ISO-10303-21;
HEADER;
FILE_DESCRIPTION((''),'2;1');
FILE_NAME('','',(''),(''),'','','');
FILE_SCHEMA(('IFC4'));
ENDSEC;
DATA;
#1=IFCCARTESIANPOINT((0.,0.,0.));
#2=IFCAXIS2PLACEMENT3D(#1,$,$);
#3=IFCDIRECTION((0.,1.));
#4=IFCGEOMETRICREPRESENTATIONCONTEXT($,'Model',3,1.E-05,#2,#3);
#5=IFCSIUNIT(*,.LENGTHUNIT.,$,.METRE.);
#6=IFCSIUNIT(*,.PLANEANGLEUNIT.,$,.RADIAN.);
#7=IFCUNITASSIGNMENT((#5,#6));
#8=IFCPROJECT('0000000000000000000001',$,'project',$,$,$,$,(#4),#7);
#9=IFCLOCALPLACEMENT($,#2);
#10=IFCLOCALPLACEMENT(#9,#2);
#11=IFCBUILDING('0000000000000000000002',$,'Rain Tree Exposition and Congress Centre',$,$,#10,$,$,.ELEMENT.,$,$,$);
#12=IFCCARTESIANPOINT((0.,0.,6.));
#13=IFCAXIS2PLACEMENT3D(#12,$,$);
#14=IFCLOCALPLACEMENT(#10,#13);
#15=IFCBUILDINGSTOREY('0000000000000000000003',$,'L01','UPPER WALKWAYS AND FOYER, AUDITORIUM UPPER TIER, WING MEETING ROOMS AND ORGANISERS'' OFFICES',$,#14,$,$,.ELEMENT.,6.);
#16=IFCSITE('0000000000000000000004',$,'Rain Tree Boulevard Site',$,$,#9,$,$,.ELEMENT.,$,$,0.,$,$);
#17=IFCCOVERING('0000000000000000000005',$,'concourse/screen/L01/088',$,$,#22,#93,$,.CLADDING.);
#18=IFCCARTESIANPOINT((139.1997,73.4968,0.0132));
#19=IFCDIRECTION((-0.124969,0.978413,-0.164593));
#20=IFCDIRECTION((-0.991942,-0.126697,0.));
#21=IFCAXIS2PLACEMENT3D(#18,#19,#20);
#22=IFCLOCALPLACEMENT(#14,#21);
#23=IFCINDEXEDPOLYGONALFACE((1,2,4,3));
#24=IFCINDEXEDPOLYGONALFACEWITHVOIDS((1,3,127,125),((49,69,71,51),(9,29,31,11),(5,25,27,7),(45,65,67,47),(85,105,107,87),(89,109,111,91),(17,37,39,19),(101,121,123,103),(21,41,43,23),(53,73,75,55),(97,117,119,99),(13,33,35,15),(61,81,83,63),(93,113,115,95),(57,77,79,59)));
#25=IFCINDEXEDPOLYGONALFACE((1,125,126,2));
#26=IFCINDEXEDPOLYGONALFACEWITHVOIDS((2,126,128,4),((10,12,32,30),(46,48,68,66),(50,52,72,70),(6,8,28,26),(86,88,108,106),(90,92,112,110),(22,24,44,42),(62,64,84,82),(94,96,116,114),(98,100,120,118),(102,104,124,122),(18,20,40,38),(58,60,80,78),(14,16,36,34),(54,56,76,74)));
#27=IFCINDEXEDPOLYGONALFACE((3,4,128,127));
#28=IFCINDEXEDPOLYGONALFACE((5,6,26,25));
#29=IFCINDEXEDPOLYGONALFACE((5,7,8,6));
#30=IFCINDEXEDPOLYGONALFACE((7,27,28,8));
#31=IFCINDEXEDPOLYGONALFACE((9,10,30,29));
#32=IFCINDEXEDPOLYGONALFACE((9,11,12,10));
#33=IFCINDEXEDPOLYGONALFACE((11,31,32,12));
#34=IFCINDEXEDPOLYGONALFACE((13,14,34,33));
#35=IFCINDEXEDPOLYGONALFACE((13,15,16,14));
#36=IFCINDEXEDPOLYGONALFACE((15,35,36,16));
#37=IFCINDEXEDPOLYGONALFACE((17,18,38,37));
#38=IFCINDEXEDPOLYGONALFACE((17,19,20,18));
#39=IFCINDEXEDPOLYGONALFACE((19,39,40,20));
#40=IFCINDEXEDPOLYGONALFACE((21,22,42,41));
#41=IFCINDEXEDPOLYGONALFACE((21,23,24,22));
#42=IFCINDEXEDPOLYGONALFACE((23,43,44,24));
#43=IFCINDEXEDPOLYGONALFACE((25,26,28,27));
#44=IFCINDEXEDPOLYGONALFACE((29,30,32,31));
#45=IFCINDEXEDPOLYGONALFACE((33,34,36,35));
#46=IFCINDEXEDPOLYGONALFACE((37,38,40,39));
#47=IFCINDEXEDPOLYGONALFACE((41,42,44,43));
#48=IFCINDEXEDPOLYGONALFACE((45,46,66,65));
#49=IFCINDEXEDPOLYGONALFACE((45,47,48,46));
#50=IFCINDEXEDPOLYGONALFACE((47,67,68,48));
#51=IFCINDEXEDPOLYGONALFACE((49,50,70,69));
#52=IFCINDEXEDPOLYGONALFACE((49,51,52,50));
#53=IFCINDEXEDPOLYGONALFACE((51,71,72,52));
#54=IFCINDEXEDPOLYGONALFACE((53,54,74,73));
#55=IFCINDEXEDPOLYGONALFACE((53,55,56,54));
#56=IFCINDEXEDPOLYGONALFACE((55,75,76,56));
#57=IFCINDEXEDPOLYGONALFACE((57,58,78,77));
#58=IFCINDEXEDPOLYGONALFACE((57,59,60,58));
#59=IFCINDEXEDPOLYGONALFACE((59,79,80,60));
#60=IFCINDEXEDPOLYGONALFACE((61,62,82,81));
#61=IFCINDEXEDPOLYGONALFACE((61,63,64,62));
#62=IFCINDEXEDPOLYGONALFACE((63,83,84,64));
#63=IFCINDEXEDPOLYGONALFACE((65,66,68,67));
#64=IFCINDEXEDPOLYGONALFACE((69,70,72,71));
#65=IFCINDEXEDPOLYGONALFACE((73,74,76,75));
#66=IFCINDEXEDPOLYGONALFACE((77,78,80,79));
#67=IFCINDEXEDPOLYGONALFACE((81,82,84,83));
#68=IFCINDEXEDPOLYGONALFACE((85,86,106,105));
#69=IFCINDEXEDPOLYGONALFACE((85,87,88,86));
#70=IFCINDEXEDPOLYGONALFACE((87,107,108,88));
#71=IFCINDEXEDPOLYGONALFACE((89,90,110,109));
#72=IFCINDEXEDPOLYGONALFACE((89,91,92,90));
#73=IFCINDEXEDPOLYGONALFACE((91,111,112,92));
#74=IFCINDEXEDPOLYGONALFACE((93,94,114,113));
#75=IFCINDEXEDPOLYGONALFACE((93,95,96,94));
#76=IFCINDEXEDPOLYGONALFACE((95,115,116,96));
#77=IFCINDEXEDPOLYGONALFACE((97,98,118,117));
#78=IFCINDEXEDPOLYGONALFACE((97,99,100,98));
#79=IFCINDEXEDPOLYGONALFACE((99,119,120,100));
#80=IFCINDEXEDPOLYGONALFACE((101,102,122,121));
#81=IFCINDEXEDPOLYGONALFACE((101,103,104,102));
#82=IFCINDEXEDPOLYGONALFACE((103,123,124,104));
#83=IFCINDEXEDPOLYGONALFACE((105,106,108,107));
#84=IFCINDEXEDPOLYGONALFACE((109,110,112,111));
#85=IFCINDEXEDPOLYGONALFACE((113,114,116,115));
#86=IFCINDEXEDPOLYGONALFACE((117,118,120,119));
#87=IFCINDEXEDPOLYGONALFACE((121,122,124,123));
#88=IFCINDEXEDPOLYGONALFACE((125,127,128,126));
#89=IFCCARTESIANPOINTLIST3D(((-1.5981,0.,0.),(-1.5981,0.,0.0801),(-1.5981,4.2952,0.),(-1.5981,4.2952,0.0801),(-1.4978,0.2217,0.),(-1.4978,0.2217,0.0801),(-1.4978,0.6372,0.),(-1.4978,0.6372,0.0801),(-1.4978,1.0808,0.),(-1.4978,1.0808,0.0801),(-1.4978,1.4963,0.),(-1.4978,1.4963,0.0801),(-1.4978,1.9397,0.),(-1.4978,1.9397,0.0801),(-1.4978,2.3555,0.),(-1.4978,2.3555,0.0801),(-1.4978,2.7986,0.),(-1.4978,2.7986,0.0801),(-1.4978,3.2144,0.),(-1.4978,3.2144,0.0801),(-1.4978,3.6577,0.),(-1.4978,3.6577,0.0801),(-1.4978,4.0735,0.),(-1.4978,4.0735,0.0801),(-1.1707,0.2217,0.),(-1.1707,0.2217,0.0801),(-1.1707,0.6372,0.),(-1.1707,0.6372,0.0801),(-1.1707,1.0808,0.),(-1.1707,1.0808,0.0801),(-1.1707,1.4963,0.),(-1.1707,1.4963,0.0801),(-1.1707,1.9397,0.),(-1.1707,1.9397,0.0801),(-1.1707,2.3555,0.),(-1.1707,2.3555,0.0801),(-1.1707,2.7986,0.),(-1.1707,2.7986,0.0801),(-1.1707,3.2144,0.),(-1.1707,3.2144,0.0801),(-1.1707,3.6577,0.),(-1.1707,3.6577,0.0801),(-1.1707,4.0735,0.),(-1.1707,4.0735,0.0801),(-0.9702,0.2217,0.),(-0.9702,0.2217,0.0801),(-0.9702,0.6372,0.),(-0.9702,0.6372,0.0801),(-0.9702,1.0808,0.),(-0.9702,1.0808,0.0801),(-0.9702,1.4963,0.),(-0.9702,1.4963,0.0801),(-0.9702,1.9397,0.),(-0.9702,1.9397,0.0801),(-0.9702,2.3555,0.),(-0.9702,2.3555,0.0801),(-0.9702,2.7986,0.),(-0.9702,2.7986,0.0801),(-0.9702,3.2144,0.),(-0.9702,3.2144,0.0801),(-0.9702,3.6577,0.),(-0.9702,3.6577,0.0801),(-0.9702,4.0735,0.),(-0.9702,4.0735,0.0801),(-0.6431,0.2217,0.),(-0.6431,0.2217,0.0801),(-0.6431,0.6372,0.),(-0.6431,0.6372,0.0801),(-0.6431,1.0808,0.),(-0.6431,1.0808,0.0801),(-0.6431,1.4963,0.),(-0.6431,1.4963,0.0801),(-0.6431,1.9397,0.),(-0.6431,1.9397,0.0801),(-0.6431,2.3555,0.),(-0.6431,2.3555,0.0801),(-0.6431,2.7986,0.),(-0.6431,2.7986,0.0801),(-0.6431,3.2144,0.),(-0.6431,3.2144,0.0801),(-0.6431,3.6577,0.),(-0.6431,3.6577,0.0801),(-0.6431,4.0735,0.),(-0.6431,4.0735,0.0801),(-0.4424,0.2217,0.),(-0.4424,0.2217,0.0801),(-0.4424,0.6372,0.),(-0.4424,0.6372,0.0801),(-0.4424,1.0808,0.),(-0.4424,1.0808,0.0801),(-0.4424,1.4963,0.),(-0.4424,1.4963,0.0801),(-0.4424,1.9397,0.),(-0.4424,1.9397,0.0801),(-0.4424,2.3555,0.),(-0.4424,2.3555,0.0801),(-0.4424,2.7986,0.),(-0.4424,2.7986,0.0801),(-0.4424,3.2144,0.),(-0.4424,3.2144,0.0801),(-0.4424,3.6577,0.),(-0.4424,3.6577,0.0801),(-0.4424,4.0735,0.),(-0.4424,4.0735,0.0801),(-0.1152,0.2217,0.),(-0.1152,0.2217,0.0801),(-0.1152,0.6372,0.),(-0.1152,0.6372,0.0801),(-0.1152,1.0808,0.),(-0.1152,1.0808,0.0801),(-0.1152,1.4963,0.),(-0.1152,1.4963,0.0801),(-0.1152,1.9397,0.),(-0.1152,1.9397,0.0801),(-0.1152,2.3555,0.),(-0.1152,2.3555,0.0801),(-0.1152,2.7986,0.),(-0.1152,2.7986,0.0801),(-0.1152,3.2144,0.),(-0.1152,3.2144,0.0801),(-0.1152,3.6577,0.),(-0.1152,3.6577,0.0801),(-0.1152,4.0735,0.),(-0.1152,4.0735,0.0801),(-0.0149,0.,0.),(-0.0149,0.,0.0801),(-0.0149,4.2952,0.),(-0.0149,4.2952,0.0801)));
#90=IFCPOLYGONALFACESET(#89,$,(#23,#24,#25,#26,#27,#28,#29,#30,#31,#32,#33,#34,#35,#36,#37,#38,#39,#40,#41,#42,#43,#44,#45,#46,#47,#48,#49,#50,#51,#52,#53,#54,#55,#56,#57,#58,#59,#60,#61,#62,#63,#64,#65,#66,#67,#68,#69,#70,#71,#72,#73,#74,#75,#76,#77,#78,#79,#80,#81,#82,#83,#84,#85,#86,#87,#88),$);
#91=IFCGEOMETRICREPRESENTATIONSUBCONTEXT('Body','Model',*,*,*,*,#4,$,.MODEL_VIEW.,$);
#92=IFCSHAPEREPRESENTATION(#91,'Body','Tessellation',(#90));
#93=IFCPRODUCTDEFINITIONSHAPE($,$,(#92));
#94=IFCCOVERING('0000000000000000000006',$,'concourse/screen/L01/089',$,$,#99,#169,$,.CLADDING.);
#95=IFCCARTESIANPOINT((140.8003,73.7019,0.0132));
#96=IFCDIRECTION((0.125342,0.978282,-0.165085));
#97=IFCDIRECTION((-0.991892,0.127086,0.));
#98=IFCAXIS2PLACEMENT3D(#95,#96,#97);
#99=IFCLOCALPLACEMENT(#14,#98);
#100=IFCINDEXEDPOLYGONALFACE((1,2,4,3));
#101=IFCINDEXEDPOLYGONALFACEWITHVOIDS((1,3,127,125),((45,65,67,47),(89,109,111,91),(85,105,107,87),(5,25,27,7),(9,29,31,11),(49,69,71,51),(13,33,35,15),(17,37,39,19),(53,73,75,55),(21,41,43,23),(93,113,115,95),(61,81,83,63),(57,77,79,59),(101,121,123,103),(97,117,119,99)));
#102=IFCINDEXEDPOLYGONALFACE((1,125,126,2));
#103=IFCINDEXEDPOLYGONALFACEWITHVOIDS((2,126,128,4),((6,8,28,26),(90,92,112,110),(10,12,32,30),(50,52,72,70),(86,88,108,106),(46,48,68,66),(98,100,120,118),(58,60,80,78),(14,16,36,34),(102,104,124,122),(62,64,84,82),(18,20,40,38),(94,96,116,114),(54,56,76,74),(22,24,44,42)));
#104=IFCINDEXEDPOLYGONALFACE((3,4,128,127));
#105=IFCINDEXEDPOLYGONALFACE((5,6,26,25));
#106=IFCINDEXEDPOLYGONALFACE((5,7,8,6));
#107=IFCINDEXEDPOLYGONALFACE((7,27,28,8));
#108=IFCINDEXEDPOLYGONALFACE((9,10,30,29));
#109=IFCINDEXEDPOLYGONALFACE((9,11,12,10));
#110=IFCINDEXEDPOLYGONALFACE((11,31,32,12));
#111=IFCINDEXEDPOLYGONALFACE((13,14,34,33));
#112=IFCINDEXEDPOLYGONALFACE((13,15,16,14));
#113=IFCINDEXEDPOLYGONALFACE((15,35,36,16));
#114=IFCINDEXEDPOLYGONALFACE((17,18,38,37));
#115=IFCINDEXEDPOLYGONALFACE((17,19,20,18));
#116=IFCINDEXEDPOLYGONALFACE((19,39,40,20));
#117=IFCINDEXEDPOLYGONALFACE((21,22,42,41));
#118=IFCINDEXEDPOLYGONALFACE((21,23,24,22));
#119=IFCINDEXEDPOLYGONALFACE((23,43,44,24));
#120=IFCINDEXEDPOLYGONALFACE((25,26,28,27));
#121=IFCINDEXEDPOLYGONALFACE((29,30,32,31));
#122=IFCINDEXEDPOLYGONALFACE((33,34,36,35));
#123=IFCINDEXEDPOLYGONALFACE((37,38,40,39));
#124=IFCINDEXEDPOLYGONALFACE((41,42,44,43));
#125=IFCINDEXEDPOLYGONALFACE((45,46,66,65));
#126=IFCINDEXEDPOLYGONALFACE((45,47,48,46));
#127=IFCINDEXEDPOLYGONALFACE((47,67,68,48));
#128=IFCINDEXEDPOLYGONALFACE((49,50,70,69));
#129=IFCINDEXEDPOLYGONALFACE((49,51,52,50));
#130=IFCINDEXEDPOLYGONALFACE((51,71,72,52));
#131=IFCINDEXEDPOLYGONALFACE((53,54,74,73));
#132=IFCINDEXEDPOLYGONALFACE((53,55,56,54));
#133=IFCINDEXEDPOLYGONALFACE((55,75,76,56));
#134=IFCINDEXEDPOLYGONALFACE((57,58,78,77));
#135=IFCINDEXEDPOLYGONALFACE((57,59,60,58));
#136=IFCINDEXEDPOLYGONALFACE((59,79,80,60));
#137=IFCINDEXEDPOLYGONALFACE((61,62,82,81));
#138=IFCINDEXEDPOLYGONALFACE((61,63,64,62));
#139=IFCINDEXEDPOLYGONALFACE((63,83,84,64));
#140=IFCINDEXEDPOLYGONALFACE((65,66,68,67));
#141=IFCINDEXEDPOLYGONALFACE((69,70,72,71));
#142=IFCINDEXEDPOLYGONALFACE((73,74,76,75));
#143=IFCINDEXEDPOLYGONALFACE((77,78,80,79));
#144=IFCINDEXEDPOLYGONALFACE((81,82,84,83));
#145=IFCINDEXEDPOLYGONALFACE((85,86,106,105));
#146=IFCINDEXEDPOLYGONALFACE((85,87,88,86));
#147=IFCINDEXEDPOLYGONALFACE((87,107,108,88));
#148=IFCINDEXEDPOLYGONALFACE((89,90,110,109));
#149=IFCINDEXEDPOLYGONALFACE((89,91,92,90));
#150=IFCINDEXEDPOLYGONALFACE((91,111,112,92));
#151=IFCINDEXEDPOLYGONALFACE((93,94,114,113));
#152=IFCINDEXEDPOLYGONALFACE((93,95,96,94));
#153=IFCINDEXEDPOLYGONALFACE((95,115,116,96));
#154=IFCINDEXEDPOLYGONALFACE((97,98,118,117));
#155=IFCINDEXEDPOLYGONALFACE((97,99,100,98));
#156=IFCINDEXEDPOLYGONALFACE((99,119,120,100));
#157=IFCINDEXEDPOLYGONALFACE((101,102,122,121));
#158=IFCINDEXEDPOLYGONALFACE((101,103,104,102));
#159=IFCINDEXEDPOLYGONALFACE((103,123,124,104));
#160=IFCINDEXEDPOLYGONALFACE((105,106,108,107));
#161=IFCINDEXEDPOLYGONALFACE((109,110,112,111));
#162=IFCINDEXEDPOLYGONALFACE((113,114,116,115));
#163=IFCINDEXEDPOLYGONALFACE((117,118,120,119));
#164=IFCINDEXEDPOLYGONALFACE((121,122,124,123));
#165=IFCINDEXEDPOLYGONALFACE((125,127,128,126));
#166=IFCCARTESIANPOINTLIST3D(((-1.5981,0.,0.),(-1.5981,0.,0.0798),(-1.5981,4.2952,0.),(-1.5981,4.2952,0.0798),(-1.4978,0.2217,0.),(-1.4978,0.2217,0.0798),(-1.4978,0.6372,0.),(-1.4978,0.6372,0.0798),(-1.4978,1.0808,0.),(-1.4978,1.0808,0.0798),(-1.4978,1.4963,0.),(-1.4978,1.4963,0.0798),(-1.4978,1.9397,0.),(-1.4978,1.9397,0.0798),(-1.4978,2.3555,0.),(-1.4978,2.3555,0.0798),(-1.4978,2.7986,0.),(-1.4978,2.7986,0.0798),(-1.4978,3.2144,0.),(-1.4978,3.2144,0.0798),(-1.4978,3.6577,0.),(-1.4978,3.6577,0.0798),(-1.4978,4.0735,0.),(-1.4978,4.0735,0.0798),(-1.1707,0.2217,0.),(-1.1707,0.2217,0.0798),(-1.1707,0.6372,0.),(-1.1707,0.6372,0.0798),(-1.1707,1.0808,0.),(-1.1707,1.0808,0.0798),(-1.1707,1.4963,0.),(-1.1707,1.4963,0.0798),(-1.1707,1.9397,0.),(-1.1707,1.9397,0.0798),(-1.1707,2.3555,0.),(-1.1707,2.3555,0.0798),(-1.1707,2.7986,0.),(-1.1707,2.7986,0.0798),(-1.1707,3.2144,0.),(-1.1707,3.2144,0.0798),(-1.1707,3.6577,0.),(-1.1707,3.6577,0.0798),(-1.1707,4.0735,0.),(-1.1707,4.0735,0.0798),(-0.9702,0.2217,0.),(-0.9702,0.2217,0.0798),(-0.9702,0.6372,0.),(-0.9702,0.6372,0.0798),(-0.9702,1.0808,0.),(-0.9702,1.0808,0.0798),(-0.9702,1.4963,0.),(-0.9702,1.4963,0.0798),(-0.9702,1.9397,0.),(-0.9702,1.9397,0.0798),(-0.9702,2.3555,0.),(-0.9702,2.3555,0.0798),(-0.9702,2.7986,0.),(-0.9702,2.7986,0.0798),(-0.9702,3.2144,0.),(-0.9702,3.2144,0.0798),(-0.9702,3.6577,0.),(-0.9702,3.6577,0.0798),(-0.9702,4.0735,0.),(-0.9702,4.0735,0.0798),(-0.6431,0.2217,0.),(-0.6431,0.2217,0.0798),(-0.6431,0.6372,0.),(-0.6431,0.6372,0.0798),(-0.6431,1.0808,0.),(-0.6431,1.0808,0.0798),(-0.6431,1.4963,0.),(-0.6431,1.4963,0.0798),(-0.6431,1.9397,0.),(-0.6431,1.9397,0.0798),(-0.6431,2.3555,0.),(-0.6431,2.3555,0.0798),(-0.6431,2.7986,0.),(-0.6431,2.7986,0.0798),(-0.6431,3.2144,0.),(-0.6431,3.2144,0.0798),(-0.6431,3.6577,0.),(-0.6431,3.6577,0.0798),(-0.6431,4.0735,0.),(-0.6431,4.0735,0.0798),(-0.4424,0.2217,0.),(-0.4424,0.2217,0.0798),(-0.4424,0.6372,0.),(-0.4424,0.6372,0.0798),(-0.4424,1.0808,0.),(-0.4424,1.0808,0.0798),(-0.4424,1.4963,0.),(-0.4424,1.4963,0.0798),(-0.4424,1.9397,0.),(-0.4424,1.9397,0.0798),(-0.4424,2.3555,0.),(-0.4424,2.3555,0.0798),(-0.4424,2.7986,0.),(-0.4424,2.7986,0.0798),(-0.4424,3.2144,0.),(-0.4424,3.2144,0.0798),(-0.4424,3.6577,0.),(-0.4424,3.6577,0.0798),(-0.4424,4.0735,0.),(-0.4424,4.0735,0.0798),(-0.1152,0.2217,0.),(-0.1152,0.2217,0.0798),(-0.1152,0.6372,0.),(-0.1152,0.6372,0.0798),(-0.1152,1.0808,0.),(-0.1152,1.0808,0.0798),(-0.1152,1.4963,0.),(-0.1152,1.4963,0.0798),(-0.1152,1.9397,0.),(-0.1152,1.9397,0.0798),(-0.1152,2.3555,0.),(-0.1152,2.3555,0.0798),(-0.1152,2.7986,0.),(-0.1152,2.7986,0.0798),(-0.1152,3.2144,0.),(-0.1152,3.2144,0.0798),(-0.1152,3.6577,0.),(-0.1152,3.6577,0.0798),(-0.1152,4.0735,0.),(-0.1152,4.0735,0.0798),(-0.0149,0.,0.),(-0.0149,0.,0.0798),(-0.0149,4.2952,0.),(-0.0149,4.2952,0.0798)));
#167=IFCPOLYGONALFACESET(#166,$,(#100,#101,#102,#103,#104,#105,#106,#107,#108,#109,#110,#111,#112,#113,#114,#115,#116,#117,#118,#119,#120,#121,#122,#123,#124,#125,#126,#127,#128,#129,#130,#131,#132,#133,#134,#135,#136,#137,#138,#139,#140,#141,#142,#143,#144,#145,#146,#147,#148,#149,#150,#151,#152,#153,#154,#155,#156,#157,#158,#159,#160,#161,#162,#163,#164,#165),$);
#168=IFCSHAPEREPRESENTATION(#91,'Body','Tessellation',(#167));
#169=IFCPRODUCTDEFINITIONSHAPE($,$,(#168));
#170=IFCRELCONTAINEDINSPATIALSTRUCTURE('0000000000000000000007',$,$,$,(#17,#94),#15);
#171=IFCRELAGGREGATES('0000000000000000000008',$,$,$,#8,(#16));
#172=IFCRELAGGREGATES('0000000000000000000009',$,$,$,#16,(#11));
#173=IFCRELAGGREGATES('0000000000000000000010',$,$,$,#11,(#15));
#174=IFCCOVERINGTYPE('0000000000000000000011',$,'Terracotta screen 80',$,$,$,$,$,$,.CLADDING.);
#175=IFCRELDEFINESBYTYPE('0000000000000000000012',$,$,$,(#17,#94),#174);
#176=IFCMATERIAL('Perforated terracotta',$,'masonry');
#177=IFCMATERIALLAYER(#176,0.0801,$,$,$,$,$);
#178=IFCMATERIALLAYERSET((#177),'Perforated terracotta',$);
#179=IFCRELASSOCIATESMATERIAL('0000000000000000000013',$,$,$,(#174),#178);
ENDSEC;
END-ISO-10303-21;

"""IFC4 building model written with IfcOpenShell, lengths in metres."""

from ifc_helpers import new_model, si_unit, direction, frame, origin, place, context, subcontext, project, spatial, polyline, outline, extrude, material, layer, layer_set, type_object, element, save


model = new_model("IFC4")

# Units and contexts
model_context = context("Model", 3, precision=1e-05, world=origin(), true_north=direction((0.0, 1.0)))
body_context = subcontext(model_context, "Body", "Model", "MODEL_VIEW")
ifc_project = project(units=[si_unit("LENGTHUNIT", "METRE"), si_unit("PLANEANGLEUNIT", "RADIAN")], contexts=[model_context])

# Site, building, storey
site_placement = place(None, origin())
site = spatial("IfcSite", under=ifc_project, at=site_placement, Name="Rain Tree Boulevard Site", CompositionType="ELEMENT", RefElevation=0.0)
building_placement = place(site_placement, origin())
building = spatial("IfcBuilding", under=site, at=building_placement, Name="Rain Tree Exposition and Congress Centre", CompositionType="ELEMENT")
storey_placement = place(building_placement, frame((0.0, 0.0, 6.0)))
storey = spatial("IfcBuildingStorey", under=building, at=storey_placement, Name="L01", Description="UPPER WALKWAYS AND FOYER, AUDITORIUM UPPER TIER, WING MEETING ROOMS AND ORGANISERS' OFFICES", CompositionType="ELEMENT", Elevation=6.0)

# Coverings
ifc_material_1 = material(Name="Perforated terracotta", Category="masonry")
ifc_layer_1 = layer(ifc_material_1, 0.0801)
ifc_layer_set_1 = layer_set([ifc_layer_1], Name="Perforated terracotta")
covering_type = type_object("IfcCoveringType", Name="Terracotta screen 80", PredefinedType="CLADDING", material=ifc_layer_set_1)
covering_1_placement = place(storey_placement, frame((139.1997, 73.4968, 0.0132), z_axis=(-0.124969, 0.978413, -0.164593), x_axis=(-0.991942, -0.126697, 0.0)))
element("IfcCovering", 1, at=covering_1_placement, inside=storey, type_object=covering_type, Name="concourse/screen/L01/088", PredefinedType="CLADDING", context=body_context, shape_type="SweptSolid", body=[
    extrude(outline(polyline([(-1.5981, 0.0), (-1.5981, 4.2952), (-0.0149, 4.2952), (-0.0149, 0.0), (-1.5981, 0.0)]), holes=[polyline([(-0.1152, 0.2217), (-0.1152, 0.6372), (-0.4424, 0.6372), (-0.4424, 0.2217), (-0.1152, 0.2217)]), polyline([(-0.1152, 1.0808), (-0.1152, 1.4963), (-0.4424, 1.4963), (-0.4424, 1.0808), (-0.1152, 1.0808)]), polyline([(-0.1152, 1.9397), (-0.1152, 2.3555), (-0.4424, 2.3555), (-0.4424, 1.9397), (-0.1152, 1.9397)]), polyline([(-0.1152, 2.7986), (-0.1152, 3.2144), (-0.4424, 3.2144), (-0.4424, 2.7986), (-0.1152, 2.7986)]), polyline([(-0.1152, 3.6577), (-0.1152, 4.0735), (-0.4424, 4.0735), (-0.4424, 3.6577), (-0.1152, 3.6577)]), polyline([(-0.6431, 0.2217), (-0.6431, 0.6372), (-0.9702, 0.6372), (-0.9702, 0.2217), (-0.6431, 0.2217)]), polyline([(-0.6431, 1.0808), (-0.6431, 1.4963), (-0.9702, 1.4963), (-0.9702, 1.0808), (-0.6431, 1.0808)]), polyline([(-0.6431, 1.9397), (-0.6431, 2.3555), (-0.9702, 2.3555), (-0.9702, 1.9397), (-0.6431, 1.9397)]), polyline([(-0.6431, 2.7986), (-0.6431, 3.2144), (-0.9702, 3.2144), (-0.9702, 2.7986), (-0.6431, 2.7986)]), polyline([(-0.6431, 3.6577), (-0.6431, 4.0735), (-0.9702, 4.0735), (-0.9702, 3.6577), (-0.6431, 3.6577)]), polyline([(-1.1707, 0.2217), (-1.1707, 0.6372), (-1.4978, 0.6372), (-1.4978, 0.2217), (-1.1707, 0.2217)]), polyline([(-1.1707, 1.0808), (-1.1707, 1.4963), (-1.4978, 1.4963), (-1.4978, 1.0808), (-1.1707, 1.0808)]), polyline([(-1.1707, 1.9397), (-1.1707, 2.3555), (-1.4978, 2.3555), (-1.4978, 1.9397), (-1.1707, 1.9397)]), polyline([(-1.1707, 2.7986), (-1.1707, 3.2144), (-1.4978, 3.2144), (-1.4978, 2.7986), (-1.1707, 2.7986)]), polyline([(-1.1707, 3.6577), (-1.1707, 4.0735), (-1.4978, 4.0735), (-1.4978, 3.6577), (-1.1707, 3.6577)])]), origin(), (0.0, 0.0, 1.0), 0.0801),
])
covering_2_placement = place(storey_placement, frame((140.8003, 73.7019, 0.0132), z_axis=(0.125342, 0.978282, -0.165085), x_axis=(-0.991892, 0.127086, 0.0)))
element("IfcCovering", 2, at=covering_2_placement, inside=storey, type_object=covering_type, Name="concourse/screen/L01/089", PredefinedType="CLADDING", context=body_context, shape_type="SweptSolid", body=[
    extrude(outline(polyline([(-1.5981, 0.0), (-1.5981, 4.2952), (-0.0149, 4.2952), (-0.0149, 0.0), (-1.5981, 0.0)]), holes=[polyline([(-0.1152, 0.2217), (-0.1152, 0.6372), (-0.4424, 0.6372), (-0.4424, 0.2217), (-0.1152, 0.2217)]), polyline([(-0.1152, 1.0808), (-0.1152, 1.4963), (-0.4424, 1.4963), (-0.4424, 1.0808), (-0.1152, 1.0808)]), polyline([(-0.1152, 1.9397), (-0.1152, 2.3555), (-0.4424, 2.3555), (-0.4424, 1.9397), (-0.1152, 1.9397)]), polyline([(-0.1152, 2.7986), (-0.1152, 3.2144), (-0.4424, 3.2144), (-0.4424, 2.7986), (-0.1152, 2.7986)]), polyline([(-0.1152, 3.6577), (-0.1152, 4.0735), (-0.4424, 4.0735), (-0.4424, 3.6577), (-0.1152, 3.6577)]), polyline([(-0.6431, 0.2217), (-0.6431, 0.6372), (-0.9702, 0.6372), (-0.9702, 0.2217), (-0.6431, 0.2217)]), polyline([(-0.6431, 1.0808), (-0.6431, 1.4963), (-0.9702, 1.4963), (-0.9702, 1.0808), (-0.6431, 1.0808)]), polyline([(-0.6431, 1.9397), (-0.6431, 2.3555), (-0.9702, 2.3555), (-0.9702, 1.9397), (-0.6431, 1.9397)]), polyline([(-0.6431, 2.7986), (-0.6431, 3.2144), (-0.9702, 3.2144), (-0.9702, 2.7986), (-0.6431, 2.7986)]), polyline([(-0.6431, 3.6577), (-0.6431, 4.0735), (-0.9702, 4.0735), (-0.9702, 3.6577), (-0.6431, 3.6577)]), polyline([(-1.1707, 0.2217), (-1.1707, 0.6372), (-1.4978, 0.6372), (-1.4978, 0.2217), (-1.1707, 0.2217)]), polyline([(-1.1707, 1.0808), (-1.1707, 1.4963), (-1.4978, 1.4963), (-1.4978, 1.0808), (-1.1707, 1.0808)]), polyline([(-1.1707, 1.9397), (-1.1707, 2.3555), (-1.4978, 2.3555), (-1.4978, 1.9397), (-1.1707, 1.9397)]), polyline([(-1.1707, 2.7986), (-1.1707, 3.2144), (-1.4978, 3.2144), (-1.4978, 2.7986), (-1.1707, 2.7986)]), polyline([(-1.1707, 3.6577), (-1.1707, 4.0735), (-1.4978, 4.0735), (-1.4978, 3.6577), (-1.1707, 3.6577)])]), origin(), (0.0, 0.0, 1.0), 0.0798),
])

save(model, "model.ifc")
